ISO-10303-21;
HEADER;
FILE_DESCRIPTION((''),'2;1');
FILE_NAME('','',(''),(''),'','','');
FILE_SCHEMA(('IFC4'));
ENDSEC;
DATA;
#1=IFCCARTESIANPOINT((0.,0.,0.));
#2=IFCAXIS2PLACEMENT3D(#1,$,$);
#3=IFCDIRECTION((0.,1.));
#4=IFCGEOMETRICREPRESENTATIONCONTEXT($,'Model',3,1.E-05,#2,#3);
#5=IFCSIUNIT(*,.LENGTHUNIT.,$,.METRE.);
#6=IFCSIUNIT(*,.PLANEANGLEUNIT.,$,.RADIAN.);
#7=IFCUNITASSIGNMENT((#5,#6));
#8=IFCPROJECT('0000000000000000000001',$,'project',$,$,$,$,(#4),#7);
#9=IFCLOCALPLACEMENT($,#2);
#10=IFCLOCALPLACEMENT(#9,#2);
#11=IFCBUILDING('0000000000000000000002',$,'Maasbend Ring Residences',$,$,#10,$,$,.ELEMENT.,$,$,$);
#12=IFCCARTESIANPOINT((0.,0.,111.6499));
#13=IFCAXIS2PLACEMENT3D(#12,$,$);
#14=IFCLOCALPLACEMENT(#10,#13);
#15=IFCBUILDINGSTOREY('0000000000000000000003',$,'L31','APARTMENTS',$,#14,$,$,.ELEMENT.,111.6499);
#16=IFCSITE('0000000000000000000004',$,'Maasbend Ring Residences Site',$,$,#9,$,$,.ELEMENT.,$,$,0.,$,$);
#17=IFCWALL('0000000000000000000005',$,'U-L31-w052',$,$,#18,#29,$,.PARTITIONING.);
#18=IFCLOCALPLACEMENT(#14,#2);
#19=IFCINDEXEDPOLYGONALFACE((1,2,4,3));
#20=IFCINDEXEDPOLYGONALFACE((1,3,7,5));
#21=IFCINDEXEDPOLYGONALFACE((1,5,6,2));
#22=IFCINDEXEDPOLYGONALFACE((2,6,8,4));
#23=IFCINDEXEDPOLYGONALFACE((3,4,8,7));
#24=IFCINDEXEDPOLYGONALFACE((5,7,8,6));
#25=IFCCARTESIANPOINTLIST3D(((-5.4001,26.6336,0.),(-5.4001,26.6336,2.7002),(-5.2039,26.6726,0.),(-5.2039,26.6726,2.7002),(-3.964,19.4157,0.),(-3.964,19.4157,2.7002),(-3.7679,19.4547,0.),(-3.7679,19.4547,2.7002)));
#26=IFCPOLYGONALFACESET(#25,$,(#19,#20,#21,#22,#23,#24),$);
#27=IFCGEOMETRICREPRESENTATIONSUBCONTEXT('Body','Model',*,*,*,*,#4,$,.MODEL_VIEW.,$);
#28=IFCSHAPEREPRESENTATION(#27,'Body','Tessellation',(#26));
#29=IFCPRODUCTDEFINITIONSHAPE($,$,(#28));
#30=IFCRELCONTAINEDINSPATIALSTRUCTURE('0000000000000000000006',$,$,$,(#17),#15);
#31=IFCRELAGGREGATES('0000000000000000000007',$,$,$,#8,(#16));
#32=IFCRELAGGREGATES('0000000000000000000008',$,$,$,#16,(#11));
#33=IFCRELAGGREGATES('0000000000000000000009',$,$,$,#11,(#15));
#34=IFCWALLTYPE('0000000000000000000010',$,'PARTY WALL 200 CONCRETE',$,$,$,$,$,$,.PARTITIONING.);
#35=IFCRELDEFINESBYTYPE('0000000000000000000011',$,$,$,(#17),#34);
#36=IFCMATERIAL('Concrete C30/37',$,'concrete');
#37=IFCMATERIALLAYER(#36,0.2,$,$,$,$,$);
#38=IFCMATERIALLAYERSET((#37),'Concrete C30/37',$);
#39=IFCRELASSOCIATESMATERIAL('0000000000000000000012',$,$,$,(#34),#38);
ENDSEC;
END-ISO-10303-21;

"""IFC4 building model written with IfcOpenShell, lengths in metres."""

from ifc_helpers import new_model, si_unit, direction, frame, frame_2d, origin, place, context, subcontext, project, spatial, rectangle, extrude, material, layer, layer_set, type_object, element, save


model = new_model("IFC4")

# Units and contexts
model_context = context("Model", 3, precision=1e-05, world=origin(), true_north=direction((0.0, 1.0)))
body_context = subcontext(model_context, "Body", "Model", "MODEL_VIEW")
ifc_project = project(units=[si_unit("LENGTHUNIT", "METRE"), si_unit("PLANEANGLEUNIT", "RADIAN")], contexts=[model_context])

# Site, building, storey
site_placement = place(None, origin())
site = spatial("IfcSite", under=ifc_project, at=site_placement, Name="Maasbend Ring Residences Site", CompositionType="ELEMENT", RefElevation=0.0)
building_placement = place(site_placement, origin())
building = spatial("IfcBuilding", under=site, at=building_placement, Name="Maasbend Ring Residences", CompositionType="ELEMENT")
storey_placement = place(building_placement, frame((0.0, 0.0, 111.6499)))
storey = spatial("IfcBuildingStorey", under=building, at=storey_placement, Name="L31", Description="APARTMENTS", CompositionType="ELEMENT", Elevation=111.6499)

# Wall
ifc_material_1 = material(Name="Concrete C30/37", Category="concrete")
ifc_layer_1 = layer(ifc_material_1, 0.2)
ifc_layer_set_1 = layer_set([ifc_layer_1], Name="Concrete C30/37")
wall_type_1 = type_object("IfcWallType", Name="PARTY WALL 200 CONCRETE", PredefinedType="PARTITIONING", material=ifc_layer_set_1)
wall_1_placement = place(storey_placement, frame((-5.302, 26.6531, 0.0), z_axis=(0.0, 0.0, 1.0), x_axis=(0.195127, -0.980778, 0.0)))
element("IfcWall", 1, at=wall_1_placement, inside=storey, type_object=wall_type_1, Name="U-L31-w052", PredefinedType="PARTITIONING", context=body_context, shape_type="SweptSolid", body=[
    extrude(rectangle(XDim=7.3594, YDim=0.2, at=frame_2d((3.6797, 0.0))), origin(), (0.0, 0.0, 1.0), 2.7002),
])

save(model, "model.ifc")
